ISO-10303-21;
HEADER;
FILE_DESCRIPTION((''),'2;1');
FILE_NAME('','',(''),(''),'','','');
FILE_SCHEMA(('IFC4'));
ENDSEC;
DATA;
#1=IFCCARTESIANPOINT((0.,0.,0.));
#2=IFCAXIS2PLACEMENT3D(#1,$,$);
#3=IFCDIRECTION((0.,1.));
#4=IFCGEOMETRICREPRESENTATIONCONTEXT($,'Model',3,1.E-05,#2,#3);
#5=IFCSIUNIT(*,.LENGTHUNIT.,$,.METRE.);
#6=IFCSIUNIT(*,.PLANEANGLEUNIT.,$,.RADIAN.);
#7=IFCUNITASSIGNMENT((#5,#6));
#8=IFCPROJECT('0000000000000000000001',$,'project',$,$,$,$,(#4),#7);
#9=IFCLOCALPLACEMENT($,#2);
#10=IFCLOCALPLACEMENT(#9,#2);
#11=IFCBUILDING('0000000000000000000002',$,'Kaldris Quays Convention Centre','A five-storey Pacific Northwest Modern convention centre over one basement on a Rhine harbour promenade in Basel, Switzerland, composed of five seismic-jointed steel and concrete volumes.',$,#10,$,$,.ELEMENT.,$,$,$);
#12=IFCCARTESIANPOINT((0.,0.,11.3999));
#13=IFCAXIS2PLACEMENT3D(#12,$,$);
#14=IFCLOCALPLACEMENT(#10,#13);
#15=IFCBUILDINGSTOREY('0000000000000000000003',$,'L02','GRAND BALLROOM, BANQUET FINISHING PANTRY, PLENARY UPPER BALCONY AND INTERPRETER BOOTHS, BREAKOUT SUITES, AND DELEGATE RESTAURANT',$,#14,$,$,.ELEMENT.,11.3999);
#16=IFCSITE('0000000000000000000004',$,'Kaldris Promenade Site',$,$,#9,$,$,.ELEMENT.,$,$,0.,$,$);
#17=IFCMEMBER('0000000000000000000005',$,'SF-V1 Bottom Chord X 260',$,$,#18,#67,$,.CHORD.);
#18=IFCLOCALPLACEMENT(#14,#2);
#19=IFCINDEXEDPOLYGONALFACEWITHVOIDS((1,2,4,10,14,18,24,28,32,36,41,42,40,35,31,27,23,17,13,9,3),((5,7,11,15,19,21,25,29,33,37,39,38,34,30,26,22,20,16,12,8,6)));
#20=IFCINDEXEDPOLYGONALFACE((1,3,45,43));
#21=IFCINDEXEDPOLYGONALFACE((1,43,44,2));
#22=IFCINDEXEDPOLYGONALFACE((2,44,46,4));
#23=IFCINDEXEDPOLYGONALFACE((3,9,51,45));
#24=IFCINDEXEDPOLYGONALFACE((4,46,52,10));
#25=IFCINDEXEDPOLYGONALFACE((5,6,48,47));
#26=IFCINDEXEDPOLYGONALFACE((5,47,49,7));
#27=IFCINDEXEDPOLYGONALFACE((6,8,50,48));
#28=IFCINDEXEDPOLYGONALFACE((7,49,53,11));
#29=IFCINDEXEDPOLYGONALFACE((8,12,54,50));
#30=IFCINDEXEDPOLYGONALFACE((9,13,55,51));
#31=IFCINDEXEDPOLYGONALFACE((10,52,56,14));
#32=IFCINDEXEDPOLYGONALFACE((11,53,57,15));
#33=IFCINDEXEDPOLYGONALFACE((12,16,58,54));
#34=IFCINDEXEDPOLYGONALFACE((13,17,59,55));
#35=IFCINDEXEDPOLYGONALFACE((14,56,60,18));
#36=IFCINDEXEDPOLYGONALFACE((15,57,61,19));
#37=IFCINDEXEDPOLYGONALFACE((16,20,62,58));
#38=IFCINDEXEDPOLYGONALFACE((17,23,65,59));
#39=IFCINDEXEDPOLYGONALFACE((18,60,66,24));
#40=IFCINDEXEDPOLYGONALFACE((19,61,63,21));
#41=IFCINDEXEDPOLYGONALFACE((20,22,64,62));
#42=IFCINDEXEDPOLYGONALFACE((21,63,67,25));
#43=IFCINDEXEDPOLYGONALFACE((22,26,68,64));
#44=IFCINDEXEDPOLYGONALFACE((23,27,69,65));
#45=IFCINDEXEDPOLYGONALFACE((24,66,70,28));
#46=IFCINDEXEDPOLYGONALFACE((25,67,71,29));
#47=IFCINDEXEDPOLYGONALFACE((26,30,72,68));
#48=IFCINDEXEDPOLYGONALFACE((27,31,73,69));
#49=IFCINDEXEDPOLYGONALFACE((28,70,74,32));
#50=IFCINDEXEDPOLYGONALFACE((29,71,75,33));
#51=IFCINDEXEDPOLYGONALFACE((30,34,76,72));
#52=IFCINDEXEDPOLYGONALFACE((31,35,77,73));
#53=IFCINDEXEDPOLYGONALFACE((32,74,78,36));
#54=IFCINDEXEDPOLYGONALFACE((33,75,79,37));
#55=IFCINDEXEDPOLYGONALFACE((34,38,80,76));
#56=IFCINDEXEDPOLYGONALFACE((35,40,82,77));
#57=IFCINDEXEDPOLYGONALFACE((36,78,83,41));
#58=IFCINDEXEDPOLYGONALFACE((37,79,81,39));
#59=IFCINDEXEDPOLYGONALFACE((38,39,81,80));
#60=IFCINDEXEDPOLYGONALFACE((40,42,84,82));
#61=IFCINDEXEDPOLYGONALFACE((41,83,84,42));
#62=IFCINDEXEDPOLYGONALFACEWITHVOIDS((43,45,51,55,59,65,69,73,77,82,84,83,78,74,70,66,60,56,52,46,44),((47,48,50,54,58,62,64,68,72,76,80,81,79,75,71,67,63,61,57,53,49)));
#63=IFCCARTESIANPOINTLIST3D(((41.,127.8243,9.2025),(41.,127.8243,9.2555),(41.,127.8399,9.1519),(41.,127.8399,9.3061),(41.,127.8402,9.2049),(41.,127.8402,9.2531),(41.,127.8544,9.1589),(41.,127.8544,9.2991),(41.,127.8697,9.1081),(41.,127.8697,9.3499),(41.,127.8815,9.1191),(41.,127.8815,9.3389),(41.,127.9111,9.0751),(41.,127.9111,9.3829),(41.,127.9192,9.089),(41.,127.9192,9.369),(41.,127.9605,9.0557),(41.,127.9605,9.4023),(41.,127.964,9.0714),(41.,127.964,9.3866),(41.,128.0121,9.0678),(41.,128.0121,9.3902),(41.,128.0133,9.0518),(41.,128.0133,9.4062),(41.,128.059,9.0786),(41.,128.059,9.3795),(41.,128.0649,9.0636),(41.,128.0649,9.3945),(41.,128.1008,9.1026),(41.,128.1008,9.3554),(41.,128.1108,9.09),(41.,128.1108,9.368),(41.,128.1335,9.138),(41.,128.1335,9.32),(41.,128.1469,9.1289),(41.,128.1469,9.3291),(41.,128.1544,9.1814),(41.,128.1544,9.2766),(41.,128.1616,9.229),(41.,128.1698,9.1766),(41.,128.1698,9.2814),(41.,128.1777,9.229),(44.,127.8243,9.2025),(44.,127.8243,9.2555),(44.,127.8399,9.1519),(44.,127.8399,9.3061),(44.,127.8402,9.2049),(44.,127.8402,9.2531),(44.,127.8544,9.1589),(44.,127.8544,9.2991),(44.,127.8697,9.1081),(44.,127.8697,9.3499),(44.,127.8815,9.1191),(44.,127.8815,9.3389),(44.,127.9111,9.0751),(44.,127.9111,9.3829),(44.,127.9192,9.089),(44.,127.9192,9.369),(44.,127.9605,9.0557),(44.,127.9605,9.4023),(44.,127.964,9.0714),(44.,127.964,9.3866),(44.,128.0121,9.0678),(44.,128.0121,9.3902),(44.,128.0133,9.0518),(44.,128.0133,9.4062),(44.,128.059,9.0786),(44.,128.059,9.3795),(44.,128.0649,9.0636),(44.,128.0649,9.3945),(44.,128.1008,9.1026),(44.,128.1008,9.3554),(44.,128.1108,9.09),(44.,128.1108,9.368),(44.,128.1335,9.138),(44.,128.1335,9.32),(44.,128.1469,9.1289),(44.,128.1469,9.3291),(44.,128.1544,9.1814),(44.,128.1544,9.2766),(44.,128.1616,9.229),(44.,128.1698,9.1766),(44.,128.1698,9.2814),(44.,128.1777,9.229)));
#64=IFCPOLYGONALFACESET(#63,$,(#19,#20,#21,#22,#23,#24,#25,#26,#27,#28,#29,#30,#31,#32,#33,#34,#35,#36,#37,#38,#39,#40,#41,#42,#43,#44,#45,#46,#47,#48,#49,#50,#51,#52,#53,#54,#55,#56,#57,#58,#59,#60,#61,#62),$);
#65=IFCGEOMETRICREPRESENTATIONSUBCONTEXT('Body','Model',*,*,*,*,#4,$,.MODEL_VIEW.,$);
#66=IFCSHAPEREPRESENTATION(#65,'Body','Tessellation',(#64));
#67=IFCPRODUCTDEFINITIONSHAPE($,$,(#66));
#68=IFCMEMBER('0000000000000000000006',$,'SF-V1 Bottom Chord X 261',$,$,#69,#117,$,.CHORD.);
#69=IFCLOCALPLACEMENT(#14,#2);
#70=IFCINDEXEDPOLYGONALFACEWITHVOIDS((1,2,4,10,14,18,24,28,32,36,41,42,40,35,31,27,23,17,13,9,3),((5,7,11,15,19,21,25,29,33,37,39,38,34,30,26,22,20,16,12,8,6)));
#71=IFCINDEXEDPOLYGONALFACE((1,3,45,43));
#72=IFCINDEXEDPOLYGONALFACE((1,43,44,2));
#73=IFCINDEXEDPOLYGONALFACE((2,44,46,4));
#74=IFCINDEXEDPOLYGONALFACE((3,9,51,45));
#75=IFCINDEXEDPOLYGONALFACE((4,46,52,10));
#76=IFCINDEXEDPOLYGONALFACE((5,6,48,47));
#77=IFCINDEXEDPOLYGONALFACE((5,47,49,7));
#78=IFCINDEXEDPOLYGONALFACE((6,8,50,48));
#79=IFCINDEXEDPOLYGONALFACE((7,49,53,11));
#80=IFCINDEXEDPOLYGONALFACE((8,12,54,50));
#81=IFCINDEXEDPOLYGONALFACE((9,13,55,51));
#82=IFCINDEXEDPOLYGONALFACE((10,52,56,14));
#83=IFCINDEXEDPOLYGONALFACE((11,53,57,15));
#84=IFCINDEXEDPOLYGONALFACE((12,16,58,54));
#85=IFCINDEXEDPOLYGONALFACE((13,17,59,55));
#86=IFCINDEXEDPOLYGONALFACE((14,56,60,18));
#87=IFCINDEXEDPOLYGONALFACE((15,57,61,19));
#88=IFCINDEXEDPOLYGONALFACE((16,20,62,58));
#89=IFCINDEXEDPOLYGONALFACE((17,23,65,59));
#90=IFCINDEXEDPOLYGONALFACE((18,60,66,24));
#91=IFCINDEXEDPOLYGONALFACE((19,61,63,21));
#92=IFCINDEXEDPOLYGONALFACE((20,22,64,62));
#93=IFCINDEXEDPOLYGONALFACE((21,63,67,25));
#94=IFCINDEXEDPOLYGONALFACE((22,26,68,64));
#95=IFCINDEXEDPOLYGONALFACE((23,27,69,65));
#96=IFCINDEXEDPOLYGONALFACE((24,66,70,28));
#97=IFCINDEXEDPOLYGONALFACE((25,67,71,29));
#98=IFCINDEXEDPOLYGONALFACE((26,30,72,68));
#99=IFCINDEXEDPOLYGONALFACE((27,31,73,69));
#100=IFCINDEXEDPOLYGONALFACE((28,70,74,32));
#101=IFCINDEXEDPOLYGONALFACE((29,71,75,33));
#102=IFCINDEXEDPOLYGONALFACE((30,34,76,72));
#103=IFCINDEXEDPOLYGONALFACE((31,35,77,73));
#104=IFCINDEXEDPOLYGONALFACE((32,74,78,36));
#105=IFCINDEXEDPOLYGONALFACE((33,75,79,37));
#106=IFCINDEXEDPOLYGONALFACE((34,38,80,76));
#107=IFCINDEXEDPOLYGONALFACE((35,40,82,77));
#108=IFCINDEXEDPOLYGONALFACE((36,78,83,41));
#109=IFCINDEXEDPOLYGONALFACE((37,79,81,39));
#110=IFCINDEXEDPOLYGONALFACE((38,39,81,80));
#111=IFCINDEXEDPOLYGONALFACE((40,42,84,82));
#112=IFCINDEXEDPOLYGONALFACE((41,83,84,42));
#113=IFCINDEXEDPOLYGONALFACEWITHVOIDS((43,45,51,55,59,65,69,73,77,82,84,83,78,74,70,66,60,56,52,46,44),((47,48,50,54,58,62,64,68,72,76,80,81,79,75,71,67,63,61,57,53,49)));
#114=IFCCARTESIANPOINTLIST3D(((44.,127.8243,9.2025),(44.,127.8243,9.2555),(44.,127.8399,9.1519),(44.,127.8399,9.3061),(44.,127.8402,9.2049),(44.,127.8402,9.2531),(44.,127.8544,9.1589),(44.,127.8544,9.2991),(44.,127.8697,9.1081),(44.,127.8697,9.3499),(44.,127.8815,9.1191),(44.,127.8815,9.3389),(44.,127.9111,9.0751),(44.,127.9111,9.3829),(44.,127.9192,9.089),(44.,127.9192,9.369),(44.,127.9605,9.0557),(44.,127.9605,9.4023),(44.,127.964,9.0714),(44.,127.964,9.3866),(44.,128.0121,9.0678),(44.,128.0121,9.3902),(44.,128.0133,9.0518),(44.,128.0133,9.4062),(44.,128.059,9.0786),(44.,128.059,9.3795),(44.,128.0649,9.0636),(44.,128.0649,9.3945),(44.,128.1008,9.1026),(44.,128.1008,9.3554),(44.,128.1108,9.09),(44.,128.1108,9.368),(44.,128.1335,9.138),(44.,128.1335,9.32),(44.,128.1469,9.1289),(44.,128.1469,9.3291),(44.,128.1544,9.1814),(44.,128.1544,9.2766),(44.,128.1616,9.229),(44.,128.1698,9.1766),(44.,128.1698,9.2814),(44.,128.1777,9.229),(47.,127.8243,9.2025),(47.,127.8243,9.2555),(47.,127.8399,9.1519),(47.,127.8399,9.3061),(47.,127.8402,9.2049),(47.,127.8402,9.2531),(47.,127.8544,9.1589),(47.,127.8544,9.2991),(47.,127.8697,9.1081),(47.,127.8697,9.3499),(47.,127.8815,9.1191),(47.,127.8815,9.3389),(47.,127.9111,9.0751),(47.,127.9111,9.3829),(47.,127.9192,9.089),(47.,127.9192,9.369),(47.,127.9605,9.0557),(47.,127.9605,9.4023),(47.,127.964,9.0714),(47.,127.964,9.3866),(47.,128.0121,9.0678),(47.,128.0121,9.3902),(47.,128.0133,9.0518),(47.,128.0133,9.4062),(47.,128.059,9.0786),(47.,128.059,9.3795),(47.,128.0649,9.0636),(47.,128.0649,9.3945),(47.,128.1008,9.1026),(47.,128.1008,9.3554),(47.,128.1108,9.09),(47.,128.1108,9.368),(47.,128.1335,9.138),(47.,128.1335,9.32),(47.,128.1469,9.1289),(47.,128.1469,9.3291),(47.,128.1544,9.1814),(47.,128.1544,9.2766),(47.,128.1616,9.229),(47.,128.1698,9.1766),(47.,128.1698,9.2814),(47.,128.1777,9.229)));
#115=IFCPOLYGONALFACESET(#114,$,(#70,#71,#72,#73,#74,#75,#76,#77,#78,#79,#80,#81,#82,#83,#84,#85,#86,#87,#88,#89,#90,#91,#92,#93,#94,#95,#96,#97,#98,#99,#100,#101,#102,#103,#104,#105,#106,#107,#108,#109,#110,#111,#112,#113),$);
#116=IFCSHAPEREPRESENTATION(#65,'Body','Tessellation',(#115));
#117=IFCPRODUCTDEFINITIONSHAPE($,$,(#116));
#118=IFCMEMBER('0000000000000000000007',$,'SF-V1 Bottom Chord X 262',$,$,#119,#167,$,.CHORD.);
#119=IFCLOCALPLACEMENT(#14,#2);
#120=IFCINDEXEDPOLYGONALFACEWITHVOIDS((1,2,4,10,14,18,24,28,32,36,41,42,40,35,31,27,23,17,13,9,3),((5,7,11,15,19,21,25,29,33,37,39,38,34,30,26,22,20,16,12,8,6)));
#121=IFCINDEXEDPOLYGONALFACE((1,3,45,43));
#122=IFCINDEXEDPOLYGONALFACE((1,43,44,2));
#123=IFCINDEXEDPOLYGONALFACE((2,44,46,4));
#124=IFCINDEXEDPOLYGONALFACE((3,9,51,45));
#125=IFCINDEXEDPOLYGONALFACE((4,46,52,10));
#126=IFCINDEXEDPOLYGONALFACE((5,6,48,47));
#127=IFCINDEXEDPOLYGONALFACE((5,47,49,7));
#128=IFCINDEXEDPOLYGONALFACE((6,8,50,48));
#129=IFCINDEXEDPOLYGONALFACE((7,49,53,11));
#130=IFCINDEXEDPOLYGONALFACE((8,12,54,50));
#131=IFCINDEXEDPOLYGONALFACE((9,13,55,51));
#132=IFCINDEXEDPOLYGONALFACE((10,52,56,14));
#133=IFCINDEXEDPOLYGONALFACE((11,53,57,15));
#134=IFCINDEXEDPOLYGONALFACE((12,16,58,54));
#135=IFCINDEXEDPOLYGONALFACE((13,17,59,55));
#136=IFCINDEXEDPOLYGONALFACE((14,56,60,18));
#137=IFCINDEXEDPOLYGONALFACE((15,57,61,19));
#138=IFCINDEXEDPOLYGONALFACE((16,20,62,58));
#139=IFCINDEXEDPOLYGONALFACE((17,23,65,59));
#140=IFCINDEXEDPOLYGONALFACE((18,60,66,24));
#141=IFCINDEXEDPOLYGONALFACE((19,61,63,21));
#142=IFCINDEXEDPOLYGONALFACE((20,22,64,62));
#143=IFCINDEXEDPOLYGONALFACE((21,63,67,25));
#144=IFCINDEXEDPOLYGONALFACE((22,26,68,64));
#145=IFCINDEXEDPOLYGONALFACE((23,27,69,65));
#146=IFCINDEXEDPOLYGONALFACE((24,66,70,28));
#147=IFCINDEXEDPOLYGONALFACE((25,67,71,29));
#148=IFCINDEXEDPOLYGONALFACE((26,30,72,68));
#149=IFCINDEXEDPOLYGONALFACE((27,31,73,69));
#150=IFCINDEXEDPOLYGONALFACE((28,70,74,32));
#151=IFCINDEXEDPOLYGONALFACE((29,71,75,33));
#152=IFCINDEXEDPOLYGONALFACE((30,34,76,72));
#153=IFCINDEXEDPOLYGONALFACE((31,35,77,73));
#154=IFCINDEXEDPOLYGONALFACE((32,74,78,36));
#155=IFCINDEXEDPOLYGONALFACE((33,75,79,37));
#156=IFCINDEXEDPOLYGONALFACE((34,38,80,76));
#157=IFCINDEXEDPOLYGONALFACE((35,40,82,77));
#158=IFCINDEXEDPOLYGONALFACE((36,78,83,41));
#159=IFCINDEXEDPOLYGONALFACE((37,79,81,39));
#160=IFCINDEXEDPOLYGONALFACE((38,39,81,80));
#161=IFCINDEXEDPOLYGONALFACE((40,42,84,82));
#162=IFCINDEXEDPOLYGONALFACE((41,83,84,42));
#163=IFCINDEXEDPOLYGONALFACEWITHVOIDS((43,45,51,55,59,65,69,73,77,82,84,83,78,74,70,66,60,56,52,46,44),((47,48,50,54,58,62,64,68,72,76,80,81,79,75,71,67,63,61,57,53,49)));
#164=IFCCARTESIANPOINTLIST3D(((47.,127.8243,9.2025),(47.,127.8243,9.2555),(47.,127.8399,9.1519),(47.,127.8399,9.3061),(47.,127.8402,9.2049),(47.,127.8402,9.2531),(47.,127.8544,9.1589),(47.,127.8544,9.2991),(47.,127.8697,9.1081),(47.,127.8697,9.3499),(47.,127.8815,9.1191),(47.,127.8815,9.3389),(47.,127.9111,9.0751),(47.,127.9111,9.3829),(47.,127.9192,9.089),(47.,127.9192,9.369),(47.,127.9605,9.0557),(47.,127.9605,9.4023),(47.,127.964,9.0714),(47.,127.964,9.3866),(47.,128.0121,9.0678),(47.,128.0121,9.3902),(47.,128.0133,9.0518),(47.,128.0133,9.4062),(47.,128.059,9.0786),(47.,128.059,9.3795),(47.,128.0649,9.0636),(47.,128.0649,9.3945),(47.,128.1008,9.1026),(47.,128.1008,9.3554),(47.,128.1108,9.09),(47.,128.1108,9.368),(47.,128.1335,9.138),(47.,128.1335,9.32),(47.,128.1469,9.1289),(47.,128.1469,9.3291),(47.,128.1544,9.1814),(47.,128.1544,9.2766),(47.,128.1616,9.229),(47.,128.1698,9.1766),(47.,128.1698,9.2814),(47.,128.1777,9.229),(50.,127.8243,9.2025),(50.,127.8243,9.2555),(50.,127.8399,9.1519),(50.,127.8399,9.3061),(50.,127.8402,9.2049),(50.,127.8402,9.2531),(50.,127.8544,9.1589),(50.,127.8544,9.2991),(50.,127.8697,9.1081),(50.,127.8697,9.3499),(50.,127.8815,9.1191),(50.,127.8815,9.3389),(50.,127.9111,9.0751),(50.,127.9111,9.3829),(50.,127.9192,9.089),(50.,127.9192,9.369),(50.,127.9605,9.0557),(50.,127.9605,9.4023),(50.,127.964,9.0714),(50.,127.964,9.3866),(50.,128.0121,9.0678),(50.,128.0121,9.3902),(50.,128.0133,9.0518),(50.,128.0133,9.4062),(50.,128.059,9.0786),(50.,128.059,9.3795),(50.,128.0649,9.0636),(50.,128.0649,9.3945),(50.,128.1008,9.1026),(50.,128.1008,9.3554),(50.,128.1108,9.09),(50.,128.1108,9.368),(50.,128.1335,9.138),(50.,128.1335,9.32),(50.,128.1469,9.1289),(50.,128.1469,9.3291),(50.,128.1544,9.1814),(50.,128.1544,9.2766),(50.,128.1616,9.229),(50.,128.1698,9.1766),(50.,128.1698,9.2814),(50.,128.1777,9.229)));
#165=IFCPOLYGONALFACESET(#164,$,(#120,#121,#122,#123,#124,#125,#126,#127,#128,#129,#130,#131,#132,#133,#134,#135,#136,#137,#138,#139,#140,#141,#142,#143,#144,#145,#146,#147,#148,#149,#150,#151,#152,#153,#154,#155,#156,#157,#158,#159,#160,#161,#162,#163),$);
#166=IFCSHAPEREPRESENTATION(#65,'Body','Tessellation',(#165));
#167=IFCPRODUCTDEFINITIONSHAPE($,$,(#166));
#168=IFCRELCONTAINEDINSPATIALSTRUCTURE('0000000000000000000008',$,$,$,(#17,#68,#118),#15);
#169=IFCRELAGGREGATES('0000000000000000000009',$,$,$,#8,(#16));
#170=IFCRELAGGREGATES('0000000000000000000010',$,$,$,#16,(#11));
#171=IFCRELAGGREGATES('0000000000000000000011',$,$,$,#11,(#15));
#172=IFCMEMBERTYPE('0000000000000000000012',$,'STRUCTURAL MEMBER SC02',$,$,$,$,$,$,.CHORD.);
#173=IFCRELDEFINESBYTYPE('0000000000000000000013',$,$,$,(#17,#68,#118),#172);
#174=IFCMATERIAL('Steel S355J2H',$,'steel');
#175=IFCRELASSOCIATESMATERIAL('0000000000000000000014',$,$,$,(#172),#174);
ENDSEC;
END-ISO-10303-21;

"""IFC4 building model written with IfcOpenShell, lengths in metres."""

from ifc_helpers import new_model, si_unit, direction, frame, origin, origin_2d, place, context, subcontext, project, spatial, hollow_circle, extrude, material, material_profile, profile_set, type_object, element, save


model = new_model("IFC4")

# Units and contexts
model_context = context("Model", 3, precision=1e-05, world=origin(), true_north=direction((0.0, 1.0)))
body_context = subcontext(model_context, "Body", "Model", "MODEL_VIEW")
ifc_project = project(units=[si_unit("LENGTHUNIT", "METRE"), si_unit("PLANEANGLEUNIT", "RADIAN")], contexts=[model_context])

# Site, building, storey
site_placement = place(None, origin())
site = spatial("IfcSite", under=ifc_project, at=site_placement, Name="Kaldris Promenade Site", CompositionType="ELEMENT", RefElevation=0.0)
building_placement = place(site_placement, origin())
building = spatial("IfcBuilding", under=site, at=building_placement, Name="Kaldris Quays Convention Centre", Description="A five-storey Pacific Northwest Modern convention centre over one basement on a Rhine harbour promenade in Basel, Switzerland, composed of five seismic-jointed steel and concrete volumes.", CompositionType="ELEMENT")
storey_placement = place(building_placement, frame((0.0, 0.0, 11.3999)))
storey = spatial("IfcBuildingStorey", under=building, at=storey_placement, Name="L02", Description="GRAND BALLROOM, BANQUET FINISHING PANTRY, PLENARY UPPER BALCONY AND INTERPRETER BOOTHS, BREAKOUT SUITES, AND DELEGATE RESTAURANT", CompositionType="ELEMENT", Elevation=11.3999)

# Members
ifc_material = material(Name="Steel S355J2H", Category="steel")
ifc_material_profile_1 = material_profile(ifc_material, hollow_circle(Radius=0.1777, WallThickness=0.0161, at=origin_2d()), Name="CHS 355.6x16")
ifc_profile_set_1 = profile_set([ifc_material_profile_1], Name="Steel S355J2H")
member_type_1 = type_object("IfcMemberType", Name="STRUCTURAL MEMBER SC02", PredefinedType="CHORD", material=ifc_profile_set_1)
for number, where, z_axis, x_axis, name in (
    (1, (41.0, 128.0, 9.229), (1.0, 0.0, 0.0), (0.0, 1.0, 0.0), "SF-V1 Bottom Chord X 260"),
    (2, (44.0, 128.0, 9.229), (1.0, 0.0, 0.0), (0.0, 1.0, 0.0), "SF-V1 Bottom Chord X 261"),
    (3, (47.0, 128.0, 9.229), (1.0, 0.0, 0.0), (0.0, 1.0, 0.0), "SF-V1 Bottom Chord X 262"),
):
    element("IfcMember", number, at=place(storey_placement, frame(where, z_axis=z_axis, x_axis=x_axis)), inside=storey, type_object=member_type_1, Name=name, PredefinedType="CHORD", context=body_context, shape_type="SweptSolid", body=[
        extrude(hollow_circle(Radius=0.1777, WallThickness=0.0161, at=origin_2d()), origin(), (0.0, 0.0, 1.0), 3.0),
    ])

save(model, "model.ifc")
